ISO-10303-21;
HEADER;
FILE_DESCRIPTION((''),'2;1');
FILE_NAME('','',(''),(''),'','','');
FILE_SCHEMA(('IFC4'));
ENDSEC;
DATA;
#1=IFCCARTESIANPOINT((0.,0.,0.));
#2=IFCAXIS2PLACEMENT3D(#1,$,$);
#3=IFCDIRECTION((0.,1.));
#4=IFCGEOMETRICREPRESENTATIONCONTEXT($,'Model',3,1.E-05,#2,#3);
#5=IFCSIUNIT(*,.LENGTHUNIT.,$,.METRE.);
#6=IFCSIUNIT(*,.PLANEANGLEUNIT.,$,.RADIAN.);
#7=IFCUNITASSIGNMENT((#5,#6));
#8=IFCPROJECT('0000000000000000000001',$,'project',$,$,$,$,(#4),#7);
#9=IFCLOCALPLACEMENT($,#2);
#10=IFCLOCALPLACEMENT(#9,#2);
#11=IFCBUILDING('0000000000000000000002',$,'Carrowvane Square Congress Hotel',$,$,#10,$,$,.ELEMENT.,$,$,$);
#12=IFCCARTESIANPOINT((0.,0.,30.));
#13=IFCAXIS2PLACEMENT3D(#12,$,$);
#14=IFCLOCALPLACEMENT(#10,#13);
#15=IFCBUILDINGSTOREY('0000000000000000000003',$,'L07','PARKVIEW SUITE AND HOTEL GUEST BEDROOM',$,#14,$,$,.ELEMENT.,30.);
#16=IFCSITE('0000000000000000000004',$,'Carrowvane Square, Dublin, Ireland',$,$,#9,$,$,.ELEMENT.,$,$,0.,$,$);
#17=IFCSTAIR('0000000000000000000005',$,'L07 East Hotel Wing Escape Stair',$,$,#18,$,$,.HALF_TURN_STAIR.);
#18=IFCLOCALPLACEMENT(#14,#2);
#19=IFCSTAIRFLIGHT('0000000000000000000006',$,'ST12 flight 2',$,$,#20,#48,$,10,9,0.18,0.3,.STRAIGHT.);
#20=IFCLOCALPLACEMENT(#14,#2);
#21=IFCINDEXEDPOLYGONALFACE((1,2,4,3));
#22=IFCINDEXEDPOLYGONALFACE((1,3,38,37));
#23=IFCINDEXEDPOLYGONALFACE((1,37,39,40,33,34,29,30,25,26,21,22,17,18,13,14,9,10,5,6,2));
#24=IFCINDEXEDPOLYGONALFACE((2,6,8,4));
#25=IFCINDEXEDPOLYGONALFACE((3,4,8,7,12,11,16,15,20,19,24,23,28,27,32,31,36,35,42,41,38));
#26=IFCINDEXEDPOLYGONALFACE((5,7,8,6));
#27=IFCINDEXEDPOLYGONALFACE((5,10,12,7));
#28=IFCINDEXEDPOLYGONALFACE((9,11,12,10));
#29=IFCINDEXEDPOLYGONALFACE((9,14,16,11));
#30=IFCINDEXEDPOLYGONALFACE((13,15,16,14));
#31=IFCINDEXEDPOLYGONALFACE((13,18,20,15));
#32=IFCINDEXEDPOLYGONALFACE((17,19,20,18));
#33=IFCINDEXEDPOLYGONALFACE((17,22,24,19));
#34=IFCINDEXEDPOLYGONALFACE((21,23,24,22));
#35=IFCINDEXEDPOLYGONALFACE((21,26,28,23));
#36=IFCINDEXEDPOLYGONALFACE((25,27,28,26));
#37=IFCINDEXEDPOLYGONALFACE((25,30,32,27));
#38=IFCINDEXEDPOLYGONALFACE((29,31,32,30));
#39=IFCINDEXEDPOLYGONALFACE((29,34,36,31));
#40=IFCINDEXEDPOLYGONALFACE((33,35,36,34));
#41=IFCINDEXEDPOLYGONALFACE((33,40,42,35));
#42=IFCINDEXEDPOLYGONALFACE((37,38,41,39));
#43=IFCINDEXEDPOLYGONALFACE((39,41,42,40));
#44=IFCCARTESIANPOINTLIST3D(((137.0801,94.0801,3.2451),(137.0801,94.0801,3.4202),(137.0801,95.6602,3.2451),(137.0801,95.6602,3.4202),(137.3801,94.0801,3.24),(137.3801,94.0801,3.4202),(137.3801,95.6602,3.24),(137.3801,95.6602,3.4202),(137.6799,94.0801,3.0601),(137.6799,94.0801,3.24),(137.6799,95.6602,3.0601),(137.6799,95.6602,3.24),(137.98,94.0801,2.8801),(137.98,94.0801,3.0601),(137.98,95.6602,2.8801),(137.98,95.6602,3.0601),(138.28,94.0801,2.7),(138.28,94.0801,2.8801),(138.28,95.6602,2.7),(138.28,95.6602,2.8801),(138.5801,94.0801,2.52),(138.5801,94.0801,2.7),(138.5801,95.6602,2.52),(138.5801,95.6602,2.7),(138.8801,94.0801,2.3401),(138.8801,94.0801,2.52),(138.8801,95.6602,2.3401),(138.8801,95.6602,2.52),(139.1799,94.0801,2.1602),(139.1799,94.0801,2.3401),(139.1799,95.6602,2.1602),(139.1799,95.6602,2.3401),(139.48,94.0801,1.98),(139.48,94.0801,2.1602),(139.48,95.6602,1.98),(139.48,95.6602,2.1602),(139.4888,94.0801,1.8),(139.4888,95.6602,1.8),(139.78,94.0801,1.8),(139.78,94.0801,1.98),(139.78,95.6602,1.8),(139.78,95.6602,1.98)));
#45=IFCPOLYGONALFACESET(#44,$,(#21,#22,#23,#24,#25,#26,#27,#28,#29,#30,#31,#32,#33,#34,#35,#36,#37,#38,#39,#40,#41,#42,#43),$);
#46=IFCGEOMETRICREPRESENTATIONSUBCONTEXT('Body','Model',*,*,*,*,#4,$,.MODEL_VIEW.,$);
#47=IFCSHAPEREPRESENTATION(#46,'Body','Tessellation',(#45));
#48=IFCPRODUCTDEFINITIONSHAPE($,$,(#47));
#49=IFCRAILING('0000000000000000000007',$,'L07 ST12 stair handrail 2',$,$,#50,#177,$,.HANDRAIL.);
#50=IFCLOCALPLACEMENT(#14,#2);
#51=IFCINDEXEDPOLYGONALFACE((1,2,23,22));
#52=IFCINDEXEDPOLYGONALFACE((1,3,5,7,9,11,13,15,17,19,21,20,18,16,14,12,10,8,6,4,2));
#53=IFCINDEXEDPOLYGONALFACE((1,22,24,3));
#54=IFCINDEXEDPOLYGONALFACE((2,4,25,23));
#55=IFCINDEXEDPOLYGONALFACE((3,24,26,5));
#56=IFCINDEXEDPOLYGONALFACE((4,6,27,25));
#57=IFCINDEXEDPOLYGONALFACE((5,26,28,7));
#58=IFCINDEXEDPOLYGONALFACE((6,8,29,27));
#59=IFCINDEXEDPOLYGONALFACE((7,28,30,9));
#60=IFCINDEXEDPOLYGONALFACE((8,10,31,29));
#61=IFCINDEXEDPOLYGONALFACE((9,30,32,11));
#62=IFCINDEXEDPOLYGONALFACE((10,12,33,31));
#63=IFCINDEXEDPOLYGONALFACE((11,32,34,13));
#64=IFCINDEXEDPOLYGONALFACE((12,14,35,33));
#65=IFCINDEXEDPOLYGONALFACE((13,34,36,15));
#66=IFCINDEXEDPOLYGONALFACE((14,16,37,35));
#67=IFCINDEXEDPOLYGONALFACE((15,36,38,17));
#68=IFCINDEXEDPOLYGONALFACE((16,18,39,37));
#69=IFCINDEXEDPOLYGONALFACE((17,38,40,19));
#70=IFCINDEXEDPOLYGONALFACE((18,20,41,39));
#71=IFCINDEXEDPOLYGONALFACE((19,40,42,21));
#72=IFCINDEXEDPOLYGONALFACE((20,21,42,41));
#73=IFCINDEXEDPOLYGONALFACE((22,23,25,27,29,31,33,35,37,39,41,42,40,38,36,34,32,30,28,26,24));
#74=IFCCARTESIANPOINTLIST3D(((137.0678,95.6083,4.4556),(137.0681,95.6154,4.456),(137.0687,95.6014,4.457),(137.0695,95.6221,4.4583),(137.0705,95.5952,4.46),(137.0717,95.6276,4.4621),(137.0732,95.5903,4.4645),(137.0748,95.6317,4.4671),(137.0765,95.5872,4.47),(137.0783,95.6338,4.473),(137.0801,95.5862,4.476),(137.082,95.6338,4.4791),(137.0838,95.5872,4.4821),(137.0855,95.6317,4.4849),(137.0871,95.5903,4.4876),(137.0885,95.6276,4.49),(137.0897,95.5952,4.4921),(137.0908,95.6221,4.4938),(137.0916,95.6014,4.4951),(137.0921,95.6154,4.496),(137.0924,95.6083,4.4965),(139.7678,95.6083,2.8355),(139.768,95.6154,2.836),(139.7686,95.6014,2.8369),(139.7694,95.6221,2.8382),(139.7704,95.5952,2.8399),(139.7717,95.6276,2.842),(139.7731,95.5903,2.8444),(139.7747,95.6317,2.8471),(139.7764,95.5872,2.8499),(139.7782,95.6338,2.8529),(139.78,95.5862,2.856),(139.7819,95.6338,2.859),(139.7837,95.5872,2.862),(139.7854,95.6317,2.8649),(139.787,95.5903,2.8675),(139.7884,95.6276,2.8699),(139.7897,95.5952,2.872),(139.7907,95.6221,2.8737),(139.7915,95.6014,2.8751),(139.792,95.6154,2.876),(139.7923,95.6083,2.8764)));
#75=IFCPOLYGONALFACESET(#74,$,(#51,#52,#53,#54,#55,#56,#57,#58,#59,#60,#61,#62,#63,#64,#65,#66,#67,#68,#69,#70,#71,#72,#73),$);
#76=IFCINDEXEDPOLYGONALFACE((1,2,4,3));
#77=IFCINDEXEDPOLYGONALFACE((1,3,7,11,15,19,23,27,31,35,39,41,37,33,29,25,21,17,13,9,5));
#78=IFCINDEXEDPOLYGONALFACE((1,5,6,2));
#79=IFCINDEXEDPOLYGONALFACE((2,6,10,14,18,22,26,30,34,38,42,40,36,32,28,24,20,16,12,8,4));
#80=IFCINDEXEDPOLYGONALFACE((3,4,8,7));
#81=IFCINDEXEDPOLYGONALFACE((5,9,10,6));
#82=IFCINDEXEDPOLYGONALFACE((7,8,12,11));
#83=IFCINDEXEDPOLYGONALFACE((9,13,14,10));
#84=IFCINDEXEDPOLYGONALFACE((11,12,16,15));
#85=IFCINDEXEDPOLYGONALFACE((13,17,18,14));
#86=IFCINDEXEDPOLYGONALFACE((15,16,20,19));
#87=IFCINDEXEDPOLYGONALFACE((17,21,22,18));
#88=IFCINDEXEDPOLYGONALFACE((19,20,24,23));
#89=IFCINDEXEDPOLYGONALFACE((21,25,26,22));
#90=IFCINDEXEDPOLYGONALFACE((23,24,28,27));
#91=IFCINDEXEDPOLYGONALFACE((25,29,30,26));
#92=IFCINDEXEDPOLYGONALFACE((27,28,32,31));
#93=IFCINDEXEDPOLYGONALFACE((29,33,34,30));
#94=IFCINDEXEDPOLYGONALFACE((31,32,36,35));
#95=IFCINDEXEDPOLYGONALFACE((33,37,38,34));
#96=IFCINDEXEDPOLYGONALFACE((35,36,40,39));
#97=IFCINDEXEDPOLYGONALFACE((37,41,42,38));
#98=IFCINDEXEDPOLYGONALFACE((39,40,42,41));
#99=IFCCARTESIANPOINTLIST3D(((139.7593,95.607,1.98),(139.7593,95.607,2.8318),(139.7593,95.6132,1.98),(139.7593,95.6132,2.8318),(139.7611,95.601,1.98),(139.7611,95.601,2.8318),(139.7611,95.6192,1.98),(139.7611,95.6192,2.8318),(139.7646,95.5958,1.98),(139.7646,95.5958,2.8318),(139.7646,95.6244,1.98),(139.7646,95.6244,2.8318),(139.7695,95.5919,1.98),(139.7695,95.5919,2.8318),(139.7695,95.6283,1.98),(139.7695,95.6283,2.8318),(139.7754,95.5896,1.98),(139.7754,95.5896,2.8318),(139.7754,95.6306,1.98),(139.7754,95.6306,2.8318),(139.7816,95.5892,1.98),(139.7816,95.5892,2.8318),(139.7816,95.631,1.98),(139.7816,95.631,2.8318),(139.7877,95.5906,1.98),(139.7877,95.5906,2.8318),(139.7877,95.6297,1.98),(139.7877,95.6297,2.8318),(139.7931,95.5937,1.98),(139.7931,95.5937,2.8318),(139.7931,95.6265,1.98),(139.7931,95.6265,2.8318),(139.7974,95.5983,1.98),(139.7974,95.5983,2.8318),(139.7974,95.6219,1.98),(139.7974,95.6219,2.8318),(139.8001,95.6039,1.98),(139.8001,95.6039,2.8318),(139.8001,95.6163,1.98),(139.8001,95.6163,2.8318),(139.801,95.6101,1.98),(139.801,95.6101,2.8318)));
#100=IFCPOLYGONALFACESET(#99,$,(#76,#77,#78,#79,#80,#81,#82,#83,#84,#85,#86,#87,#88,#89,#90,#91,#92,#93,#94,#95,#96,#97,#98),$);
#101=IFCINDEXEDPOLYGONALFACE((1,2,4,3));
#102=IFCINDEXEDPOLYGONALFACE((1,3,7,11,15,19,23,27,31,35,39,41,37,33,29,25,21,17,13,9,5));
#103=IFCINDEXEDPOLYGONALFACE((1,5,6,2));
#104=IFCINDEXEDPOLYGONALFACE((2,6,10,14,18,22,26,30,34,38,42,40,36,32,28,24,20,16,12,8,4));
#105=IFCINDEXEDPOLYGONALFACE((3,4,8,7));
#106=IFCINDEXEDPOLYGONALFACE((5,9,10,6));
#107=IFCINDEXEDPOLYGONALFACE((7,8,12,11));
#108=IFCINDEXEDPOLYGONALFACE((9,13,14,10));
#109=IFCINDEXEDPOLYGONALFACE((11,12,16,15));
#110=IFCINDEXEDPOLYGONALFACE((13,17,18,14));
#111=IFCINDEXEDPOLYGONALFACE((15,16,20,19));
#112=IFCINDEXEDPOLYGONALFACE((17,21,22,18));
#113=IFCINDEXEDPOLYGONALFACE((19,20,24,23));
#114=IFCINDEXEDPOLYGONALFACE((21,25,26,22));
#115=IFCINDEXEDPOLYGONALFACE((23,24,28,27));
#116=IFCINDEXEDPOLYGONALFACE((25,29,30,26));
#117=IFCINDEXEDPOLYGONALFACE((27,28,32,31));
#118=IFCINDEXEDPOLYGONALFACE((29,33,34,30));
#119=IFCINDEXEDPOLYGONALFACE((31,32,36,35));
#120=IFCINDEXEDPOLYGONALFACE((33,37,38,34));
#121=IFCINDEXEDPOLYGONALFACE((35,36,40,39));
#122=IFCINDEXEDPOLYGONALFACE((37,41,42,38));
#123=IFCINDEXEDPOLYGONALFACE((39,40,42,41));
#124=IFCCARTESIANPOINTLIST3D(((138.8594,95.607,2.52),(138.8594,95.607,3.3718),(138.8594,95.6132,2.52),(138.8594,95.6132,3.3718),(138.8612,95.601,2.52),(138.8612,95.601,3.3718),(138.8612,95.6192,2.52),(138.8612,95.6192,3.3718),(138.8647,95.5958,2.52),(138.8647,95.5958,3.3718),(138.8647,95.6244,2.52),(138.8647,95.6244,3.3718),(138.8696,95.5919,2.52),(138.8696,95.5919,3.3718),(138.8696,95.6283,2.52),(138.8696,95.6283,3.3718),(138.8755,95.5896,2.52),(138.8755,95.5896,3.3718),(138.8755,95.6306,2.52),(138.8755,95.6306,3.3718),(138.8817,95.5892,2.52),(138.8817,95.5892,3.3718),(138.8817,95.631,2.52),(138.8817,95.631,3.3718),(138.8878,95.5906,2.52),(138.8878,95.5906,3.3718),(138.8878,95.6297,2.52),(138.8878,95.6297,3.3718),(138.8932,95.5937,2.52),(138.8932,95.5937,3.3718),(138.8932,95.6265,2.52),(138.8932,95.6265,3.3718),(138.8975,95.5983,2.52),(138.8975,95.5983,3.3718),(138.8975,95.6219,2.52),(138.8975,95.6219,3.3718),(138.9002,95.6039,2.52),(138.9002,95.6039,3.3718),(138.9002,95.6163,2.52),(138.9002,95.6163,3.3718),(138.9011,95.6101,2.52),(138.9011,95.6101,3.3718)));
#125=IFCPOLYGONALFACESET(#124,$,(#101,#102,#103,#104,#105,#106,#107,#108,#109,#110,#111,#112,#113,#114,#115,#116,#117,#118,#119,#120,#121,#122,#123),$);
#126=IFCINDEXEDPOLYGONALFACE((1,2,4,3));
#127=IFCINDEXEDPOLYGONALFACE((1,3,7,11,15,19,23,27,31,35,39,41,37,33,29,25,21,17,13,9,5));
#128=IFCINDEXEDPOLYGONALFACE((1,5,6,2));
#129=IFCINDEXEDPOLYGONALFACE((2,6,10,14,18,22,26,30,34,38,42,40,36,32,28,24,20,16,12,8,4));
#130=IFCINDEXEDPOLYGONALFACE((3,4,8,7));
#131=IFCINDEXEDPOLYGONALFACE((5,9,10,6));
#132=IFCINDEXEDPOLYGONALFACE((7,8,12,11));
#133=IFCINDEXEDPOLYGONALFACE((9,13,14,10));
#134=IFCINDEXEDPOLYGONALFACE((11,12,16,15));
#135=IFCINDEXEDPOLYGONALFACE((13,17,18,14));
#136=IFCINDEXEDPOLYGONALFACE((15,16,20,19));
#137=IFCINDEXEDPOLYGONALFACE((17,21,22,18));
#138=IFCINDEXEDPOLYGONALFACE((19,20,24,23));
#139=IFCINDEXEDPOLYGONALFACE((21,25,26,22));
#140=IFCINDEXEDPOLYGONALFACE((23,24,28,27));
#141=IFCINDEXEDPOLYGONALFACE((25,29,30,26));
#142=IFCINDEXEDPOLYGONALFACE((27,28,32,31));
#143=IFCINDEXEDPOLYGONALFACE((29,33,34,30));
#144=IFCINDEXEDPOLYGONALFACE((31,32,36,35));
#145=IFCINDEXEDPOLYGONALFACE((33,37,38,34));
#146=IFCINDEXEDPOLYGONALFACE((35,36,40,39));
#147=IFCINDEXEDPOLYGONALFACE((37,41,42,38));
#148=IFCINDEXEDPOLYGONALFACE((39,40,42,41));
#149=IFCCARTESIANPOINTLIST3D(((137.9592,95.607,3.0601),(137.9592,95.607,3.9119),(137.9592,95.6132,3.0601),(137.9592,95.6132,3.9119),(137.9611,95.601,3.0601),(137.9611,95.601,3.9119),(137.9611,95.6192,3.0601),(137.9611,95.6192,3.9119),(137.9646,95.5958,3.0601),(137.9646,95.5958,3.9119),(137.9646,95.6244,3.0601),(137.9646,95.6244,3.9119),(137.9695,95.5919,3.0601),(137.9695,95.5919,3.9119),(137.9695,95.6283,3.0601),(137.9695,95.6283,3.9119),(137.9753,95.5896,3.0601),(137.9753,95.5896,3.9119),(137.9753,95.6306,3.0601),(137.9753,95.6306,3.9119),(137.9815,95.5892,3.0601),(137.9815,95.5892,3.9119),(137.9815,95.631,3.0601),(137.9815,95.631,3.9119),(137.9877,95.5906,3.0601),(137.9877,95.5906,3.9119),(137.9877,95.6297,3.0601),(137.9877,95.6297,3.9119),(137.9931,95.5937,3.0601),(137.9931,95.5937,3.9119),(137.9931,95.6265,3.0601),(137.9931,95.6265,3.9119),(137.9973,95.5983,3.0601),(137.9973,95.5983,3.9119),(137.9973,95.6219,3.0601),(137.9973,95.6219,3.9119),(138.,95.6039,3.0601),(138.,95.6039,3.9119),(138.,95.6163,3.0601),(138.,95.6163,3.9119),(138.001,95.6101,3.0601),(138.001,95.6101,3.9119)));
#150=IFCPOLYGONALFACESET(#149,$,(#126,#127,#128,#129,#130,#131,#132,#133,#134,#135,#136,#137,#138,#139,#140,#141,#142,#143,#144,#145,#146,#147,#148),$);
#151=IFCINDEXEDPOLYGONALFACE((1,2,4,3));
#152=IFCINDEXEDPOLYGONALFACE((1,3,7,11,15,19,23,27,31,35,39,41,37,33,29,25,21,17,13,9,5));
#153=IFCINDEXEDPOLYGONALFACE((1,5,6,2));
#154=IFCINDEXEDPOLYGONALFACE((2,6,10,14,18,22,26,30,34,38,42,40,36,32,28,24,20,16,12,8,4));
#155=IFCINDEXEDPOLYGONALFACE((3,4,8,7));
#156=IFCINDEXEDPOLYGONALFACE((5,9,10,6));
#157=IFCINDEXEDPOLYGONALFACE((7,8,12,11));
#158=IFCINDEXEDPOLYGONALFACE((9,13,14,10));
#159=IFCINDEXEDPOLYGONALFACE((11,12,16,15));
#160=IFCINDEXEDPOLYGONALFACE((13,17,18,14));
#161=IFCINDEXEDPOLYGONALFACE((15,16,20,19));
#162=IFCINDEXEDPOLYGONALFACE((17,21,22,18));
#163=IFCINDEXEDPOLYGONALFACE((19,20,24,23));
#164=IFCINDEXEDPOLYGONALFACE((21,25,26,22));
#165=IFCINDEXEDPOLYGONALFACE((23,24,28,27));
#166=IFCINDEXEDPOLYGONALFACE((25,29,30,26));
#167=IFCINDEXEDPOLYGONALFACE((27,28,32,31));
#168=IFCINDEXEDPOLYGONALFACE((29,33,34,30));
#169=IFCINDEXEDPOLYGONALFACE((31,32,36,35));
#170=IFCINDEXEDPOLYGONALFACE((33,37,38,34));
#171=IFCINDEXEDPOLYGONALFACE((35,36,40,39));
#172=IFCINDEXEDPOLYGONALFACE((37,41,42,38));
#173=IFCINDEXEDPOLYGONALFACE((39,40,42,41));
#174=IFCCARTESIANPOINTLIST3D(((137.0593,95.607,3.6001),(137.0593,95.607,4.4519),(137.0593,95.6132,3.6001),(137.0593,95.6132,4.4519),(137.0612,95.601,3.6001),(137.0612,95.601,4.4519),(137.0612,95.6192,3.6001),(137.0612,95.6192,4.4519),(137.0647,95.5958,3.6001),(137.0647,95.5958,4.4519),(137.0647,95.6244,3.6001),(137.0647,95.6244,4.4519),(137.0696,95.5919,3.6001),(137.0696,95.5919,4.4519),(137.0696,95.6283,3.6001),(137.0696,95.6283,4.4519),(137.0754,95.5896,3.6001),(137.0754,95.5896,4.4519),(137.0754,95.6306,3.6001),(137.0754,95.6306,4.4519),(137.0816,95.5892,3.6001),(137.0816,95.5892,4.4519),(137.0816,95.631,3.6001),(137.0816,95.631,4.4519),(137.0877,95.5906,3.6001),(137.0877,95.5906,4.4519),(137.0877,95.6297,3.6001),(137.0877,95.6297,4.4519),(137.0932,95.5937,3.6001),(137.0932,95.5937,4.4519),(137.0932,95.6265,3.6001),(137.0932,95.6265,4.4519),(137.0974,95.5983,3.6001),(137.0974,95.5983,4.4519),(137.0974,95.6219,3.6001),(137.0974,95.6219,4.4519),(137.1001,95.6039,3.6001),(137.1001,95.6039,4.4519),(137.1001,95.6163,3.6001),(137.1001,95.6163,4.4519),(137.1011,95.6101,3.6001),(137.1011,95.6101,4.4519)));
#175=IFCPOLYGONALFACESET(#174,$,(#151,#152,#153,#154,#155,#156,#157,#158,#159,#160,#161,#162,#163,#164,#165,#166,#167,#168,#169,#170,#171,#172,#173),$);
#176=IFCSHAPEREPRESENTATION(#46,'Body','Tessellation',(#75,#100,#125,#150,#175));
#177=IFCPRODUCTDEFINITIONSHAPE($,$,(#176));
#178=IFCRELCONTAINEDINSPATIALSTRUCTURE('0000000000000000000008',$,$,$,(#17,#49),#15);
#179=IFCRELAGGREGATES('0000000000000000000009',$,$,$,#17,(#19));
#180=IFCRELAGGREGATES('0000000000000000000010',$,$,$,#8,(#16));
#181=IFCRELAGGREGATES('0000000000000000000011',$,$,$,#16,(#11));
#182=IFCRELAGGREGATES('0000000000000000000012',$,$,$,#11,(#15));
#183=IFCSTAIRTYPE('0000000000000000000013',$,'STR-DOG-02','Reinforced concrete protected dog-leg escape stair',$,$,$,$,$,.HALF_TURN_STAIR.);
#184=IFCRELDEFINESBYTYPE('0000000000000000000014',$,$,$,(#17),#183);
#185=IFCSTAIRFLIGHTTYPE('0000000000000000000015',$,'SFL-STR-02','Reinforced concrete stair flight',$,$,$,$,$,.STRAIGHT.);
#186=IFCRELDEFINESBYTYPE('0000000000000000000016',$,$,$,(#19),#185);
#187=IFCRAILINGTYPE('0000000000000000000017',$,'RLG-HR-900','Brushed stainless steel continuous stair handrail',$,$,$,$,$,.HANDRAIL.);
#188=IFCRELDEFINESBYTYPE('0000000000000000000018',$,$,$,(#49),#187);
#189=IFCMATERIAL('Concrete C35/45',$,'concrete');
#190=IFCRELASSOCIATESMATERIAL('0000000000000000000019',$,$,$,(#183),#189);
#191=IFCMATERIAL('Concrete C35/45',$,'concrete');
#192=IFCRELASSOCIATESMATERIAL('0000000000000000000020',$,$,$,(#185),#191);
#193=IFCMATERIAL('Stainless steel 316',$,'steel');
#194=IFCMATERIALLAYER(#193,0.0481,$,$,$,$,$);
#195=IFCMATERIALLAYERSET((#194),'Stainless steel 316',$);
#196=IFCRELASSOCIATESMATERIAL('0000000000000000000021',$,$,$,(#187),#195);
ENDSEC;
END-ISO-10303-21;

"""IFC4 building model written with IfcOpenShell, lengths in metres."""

from ifc_helpers import new_model, si_unit, direction, frame, origin, origin_2d, place, context, subcontext, project, spatial, polyline, circle, outline, extrude, material, layer, layer_set, type_object, element, aggregate, save


model = new_model("IFC4")

# Units and contexts
model_context = context("Model", 3, precision=1e-05, world=origin(), true_north=direction((0.0, 1.0)))
body_context = subcontext(model_context, "Body", "Model", "MODEL_VIEW")
ifc_project = project(units=[si_unit("LENGTHUNIT", "METRE"), si_unit("PLANEANGLEUNIT", "RADIAN")], contexts=[model_context])

# Site, building, storey
site_placement = place(None, origin())
site = spatial("IfcSite", under=ifc_project, at=site_placement, Name="Carrowvane Square, Dublin, Ireland", CompositionType="ELEMENT", RefElevation=0.0)
building_placement = place(site_placement, origin())
building = spatial("IfcBuilding", under=site, at=building_placement, Name="Carrowvane Square Congress Hotel", CompositionType="ELEMENT")
storey_placement = place(building_placement, frame((0.0, 0.0, 30.0)))
storey = spatial("IfcBuildingStorey", under=building, at=storey_placement, Name="L07", Description="PARKVIEW SUITE AND HOTEL GUEST BEDROOM", CompositionType="ELEMENT", Elevation=30.0)

# Stair, stair flight
ifc_material_1 = material(Name="Concrete C35/45", Category="concrete")
stair_type = type_object("IfcStairType", Name="STR-DOG-02", Description="Reinforced concrete protected dog-leg escape stair", PredefinedType="HALF_TURN_STAIR", material=ifc_material_1)
stair_placement = place(storey_placement, origin())
stair = element("IfcStair", 1, at=stair_placement, inside=storey, type_object=stair_type, Name="L07 East Hotel Wing Escape Stair", PredefinedType="HALF_TURN_STAIR")
ifc_material_2 = material(Name="Concrete C35/45", Category="concrete")
stair_flight_type = type_object("IfcStairFlightType", Name="SFL-STR-02", Description="Reinforced concrete stair flight", PredefinedType="STRAIGHT", material=ifc_material_2)
stair_flight_placement = place(storey_placement, frame((139.78, 94.8701, 1.8), z_axis=(0.0, 0.0, 1.0), x_axis=(-1.0, 0.0, 0.0)))
stair_flight = element("IfcStairFlight", 2, at=stair_flight_placement, type_object=stair_flight_type, Name="ST12 flight 2", NumberOfRisers=10, NumberOfTreads=9, PredefinedType="STRAIGHT", RiserHeight=0.18, TreadLength=0.3, context=body_context, shape_type="SweptSolid", body=[
    extrude(outline(polyline([(0.0, 0.0), (0.0, 0.1799), (0.3, 0.1799), (0.3, 0.3601), (0.6001, 0.3601), (0.6001, 0.54), (0.8999, 0.54), (0.8999, 0.72), (1.2, 0.72), (1.2, 0.8999), (1.5, 0.8999), (1.5, 1.0801), (1.8, 1.0801), (1.8, 1.26), (2.1001, 1.26), (2.1001, 1.4399), (2.3999, 1.4399), (2.3999, 1.6201), (2.7, 1.6201), (2.7, 1.8), (2.7, 1.4451), (0.2913, 0.0), (0.0, 0.0)])), frame((0.0, 0.79, 0.0), z_axis=(0.0, -1.0, 0.0), x_axis=(1.0, 0.0, 0.0)), (0.0, 0.0, 1.0), 1.5801),
])
aggregate(stair, [stair_flight])

# Railing
ifc_material_3 = material(Name="Stainless steel 316", Category="steel")
ifc_layer_1 = layer(ifc_material_3, 0.0481)
ifc_layer_set_1 = layer_set([ifc_layer_1], Name="Stainless steel 316")
railing_type_1 = type_object("IfcRailingType", Name="RLG-HR-900", Description="Brushed stainless steel continuous stair handrail", PredefinedType="HANDRAIL", material=ifc_layer_set_1)
railing_1_placement = place(storey_placement, frame((139.78, 95.6101, 1.98)))
element("IfcRailing", 3, at=railing_1_placement, inside=storey, type_object=railing_type_1, Name="L07 ST12 stair handrail 2", PredefinedType="HANDRAIL", context=body_context, shape_type="SweptSolid", body=[
    extrude(circle(Radius=0.0239, at=origin_2d()), frame((0.0, 0.0, 0.876), z_axis=(-0.857472, 0.0, 0.51453), x_axis=(0.0, -1.0, 0.0)), (0.0, 0.0, 1.0), 3.1487),
    extrude(circle(Radius=0.021, at=origin_2d()), origin(), (0.0, 0.0, 1.0), 0.8518),
    extrude(circle(Radius=0.021, at=origin_2d()), frame((-0.8999, 0.0, 0.54)), (0.0, 0.0, 1.0), 0.8518),
    extrude(circle(Radius=0.021, at=origin_2d()), frame((-1.8, 0.0, 1.0801)), (0.0, 0.0, 1.0), 0.8518),
    extrude(circle(Radius=0.021, at=origin_2d()), frame((-2.7, 0.0, 1.6201)), (0.0, 0.0, 1.0), 0.8518),
])

save(model, "model.ifc")
